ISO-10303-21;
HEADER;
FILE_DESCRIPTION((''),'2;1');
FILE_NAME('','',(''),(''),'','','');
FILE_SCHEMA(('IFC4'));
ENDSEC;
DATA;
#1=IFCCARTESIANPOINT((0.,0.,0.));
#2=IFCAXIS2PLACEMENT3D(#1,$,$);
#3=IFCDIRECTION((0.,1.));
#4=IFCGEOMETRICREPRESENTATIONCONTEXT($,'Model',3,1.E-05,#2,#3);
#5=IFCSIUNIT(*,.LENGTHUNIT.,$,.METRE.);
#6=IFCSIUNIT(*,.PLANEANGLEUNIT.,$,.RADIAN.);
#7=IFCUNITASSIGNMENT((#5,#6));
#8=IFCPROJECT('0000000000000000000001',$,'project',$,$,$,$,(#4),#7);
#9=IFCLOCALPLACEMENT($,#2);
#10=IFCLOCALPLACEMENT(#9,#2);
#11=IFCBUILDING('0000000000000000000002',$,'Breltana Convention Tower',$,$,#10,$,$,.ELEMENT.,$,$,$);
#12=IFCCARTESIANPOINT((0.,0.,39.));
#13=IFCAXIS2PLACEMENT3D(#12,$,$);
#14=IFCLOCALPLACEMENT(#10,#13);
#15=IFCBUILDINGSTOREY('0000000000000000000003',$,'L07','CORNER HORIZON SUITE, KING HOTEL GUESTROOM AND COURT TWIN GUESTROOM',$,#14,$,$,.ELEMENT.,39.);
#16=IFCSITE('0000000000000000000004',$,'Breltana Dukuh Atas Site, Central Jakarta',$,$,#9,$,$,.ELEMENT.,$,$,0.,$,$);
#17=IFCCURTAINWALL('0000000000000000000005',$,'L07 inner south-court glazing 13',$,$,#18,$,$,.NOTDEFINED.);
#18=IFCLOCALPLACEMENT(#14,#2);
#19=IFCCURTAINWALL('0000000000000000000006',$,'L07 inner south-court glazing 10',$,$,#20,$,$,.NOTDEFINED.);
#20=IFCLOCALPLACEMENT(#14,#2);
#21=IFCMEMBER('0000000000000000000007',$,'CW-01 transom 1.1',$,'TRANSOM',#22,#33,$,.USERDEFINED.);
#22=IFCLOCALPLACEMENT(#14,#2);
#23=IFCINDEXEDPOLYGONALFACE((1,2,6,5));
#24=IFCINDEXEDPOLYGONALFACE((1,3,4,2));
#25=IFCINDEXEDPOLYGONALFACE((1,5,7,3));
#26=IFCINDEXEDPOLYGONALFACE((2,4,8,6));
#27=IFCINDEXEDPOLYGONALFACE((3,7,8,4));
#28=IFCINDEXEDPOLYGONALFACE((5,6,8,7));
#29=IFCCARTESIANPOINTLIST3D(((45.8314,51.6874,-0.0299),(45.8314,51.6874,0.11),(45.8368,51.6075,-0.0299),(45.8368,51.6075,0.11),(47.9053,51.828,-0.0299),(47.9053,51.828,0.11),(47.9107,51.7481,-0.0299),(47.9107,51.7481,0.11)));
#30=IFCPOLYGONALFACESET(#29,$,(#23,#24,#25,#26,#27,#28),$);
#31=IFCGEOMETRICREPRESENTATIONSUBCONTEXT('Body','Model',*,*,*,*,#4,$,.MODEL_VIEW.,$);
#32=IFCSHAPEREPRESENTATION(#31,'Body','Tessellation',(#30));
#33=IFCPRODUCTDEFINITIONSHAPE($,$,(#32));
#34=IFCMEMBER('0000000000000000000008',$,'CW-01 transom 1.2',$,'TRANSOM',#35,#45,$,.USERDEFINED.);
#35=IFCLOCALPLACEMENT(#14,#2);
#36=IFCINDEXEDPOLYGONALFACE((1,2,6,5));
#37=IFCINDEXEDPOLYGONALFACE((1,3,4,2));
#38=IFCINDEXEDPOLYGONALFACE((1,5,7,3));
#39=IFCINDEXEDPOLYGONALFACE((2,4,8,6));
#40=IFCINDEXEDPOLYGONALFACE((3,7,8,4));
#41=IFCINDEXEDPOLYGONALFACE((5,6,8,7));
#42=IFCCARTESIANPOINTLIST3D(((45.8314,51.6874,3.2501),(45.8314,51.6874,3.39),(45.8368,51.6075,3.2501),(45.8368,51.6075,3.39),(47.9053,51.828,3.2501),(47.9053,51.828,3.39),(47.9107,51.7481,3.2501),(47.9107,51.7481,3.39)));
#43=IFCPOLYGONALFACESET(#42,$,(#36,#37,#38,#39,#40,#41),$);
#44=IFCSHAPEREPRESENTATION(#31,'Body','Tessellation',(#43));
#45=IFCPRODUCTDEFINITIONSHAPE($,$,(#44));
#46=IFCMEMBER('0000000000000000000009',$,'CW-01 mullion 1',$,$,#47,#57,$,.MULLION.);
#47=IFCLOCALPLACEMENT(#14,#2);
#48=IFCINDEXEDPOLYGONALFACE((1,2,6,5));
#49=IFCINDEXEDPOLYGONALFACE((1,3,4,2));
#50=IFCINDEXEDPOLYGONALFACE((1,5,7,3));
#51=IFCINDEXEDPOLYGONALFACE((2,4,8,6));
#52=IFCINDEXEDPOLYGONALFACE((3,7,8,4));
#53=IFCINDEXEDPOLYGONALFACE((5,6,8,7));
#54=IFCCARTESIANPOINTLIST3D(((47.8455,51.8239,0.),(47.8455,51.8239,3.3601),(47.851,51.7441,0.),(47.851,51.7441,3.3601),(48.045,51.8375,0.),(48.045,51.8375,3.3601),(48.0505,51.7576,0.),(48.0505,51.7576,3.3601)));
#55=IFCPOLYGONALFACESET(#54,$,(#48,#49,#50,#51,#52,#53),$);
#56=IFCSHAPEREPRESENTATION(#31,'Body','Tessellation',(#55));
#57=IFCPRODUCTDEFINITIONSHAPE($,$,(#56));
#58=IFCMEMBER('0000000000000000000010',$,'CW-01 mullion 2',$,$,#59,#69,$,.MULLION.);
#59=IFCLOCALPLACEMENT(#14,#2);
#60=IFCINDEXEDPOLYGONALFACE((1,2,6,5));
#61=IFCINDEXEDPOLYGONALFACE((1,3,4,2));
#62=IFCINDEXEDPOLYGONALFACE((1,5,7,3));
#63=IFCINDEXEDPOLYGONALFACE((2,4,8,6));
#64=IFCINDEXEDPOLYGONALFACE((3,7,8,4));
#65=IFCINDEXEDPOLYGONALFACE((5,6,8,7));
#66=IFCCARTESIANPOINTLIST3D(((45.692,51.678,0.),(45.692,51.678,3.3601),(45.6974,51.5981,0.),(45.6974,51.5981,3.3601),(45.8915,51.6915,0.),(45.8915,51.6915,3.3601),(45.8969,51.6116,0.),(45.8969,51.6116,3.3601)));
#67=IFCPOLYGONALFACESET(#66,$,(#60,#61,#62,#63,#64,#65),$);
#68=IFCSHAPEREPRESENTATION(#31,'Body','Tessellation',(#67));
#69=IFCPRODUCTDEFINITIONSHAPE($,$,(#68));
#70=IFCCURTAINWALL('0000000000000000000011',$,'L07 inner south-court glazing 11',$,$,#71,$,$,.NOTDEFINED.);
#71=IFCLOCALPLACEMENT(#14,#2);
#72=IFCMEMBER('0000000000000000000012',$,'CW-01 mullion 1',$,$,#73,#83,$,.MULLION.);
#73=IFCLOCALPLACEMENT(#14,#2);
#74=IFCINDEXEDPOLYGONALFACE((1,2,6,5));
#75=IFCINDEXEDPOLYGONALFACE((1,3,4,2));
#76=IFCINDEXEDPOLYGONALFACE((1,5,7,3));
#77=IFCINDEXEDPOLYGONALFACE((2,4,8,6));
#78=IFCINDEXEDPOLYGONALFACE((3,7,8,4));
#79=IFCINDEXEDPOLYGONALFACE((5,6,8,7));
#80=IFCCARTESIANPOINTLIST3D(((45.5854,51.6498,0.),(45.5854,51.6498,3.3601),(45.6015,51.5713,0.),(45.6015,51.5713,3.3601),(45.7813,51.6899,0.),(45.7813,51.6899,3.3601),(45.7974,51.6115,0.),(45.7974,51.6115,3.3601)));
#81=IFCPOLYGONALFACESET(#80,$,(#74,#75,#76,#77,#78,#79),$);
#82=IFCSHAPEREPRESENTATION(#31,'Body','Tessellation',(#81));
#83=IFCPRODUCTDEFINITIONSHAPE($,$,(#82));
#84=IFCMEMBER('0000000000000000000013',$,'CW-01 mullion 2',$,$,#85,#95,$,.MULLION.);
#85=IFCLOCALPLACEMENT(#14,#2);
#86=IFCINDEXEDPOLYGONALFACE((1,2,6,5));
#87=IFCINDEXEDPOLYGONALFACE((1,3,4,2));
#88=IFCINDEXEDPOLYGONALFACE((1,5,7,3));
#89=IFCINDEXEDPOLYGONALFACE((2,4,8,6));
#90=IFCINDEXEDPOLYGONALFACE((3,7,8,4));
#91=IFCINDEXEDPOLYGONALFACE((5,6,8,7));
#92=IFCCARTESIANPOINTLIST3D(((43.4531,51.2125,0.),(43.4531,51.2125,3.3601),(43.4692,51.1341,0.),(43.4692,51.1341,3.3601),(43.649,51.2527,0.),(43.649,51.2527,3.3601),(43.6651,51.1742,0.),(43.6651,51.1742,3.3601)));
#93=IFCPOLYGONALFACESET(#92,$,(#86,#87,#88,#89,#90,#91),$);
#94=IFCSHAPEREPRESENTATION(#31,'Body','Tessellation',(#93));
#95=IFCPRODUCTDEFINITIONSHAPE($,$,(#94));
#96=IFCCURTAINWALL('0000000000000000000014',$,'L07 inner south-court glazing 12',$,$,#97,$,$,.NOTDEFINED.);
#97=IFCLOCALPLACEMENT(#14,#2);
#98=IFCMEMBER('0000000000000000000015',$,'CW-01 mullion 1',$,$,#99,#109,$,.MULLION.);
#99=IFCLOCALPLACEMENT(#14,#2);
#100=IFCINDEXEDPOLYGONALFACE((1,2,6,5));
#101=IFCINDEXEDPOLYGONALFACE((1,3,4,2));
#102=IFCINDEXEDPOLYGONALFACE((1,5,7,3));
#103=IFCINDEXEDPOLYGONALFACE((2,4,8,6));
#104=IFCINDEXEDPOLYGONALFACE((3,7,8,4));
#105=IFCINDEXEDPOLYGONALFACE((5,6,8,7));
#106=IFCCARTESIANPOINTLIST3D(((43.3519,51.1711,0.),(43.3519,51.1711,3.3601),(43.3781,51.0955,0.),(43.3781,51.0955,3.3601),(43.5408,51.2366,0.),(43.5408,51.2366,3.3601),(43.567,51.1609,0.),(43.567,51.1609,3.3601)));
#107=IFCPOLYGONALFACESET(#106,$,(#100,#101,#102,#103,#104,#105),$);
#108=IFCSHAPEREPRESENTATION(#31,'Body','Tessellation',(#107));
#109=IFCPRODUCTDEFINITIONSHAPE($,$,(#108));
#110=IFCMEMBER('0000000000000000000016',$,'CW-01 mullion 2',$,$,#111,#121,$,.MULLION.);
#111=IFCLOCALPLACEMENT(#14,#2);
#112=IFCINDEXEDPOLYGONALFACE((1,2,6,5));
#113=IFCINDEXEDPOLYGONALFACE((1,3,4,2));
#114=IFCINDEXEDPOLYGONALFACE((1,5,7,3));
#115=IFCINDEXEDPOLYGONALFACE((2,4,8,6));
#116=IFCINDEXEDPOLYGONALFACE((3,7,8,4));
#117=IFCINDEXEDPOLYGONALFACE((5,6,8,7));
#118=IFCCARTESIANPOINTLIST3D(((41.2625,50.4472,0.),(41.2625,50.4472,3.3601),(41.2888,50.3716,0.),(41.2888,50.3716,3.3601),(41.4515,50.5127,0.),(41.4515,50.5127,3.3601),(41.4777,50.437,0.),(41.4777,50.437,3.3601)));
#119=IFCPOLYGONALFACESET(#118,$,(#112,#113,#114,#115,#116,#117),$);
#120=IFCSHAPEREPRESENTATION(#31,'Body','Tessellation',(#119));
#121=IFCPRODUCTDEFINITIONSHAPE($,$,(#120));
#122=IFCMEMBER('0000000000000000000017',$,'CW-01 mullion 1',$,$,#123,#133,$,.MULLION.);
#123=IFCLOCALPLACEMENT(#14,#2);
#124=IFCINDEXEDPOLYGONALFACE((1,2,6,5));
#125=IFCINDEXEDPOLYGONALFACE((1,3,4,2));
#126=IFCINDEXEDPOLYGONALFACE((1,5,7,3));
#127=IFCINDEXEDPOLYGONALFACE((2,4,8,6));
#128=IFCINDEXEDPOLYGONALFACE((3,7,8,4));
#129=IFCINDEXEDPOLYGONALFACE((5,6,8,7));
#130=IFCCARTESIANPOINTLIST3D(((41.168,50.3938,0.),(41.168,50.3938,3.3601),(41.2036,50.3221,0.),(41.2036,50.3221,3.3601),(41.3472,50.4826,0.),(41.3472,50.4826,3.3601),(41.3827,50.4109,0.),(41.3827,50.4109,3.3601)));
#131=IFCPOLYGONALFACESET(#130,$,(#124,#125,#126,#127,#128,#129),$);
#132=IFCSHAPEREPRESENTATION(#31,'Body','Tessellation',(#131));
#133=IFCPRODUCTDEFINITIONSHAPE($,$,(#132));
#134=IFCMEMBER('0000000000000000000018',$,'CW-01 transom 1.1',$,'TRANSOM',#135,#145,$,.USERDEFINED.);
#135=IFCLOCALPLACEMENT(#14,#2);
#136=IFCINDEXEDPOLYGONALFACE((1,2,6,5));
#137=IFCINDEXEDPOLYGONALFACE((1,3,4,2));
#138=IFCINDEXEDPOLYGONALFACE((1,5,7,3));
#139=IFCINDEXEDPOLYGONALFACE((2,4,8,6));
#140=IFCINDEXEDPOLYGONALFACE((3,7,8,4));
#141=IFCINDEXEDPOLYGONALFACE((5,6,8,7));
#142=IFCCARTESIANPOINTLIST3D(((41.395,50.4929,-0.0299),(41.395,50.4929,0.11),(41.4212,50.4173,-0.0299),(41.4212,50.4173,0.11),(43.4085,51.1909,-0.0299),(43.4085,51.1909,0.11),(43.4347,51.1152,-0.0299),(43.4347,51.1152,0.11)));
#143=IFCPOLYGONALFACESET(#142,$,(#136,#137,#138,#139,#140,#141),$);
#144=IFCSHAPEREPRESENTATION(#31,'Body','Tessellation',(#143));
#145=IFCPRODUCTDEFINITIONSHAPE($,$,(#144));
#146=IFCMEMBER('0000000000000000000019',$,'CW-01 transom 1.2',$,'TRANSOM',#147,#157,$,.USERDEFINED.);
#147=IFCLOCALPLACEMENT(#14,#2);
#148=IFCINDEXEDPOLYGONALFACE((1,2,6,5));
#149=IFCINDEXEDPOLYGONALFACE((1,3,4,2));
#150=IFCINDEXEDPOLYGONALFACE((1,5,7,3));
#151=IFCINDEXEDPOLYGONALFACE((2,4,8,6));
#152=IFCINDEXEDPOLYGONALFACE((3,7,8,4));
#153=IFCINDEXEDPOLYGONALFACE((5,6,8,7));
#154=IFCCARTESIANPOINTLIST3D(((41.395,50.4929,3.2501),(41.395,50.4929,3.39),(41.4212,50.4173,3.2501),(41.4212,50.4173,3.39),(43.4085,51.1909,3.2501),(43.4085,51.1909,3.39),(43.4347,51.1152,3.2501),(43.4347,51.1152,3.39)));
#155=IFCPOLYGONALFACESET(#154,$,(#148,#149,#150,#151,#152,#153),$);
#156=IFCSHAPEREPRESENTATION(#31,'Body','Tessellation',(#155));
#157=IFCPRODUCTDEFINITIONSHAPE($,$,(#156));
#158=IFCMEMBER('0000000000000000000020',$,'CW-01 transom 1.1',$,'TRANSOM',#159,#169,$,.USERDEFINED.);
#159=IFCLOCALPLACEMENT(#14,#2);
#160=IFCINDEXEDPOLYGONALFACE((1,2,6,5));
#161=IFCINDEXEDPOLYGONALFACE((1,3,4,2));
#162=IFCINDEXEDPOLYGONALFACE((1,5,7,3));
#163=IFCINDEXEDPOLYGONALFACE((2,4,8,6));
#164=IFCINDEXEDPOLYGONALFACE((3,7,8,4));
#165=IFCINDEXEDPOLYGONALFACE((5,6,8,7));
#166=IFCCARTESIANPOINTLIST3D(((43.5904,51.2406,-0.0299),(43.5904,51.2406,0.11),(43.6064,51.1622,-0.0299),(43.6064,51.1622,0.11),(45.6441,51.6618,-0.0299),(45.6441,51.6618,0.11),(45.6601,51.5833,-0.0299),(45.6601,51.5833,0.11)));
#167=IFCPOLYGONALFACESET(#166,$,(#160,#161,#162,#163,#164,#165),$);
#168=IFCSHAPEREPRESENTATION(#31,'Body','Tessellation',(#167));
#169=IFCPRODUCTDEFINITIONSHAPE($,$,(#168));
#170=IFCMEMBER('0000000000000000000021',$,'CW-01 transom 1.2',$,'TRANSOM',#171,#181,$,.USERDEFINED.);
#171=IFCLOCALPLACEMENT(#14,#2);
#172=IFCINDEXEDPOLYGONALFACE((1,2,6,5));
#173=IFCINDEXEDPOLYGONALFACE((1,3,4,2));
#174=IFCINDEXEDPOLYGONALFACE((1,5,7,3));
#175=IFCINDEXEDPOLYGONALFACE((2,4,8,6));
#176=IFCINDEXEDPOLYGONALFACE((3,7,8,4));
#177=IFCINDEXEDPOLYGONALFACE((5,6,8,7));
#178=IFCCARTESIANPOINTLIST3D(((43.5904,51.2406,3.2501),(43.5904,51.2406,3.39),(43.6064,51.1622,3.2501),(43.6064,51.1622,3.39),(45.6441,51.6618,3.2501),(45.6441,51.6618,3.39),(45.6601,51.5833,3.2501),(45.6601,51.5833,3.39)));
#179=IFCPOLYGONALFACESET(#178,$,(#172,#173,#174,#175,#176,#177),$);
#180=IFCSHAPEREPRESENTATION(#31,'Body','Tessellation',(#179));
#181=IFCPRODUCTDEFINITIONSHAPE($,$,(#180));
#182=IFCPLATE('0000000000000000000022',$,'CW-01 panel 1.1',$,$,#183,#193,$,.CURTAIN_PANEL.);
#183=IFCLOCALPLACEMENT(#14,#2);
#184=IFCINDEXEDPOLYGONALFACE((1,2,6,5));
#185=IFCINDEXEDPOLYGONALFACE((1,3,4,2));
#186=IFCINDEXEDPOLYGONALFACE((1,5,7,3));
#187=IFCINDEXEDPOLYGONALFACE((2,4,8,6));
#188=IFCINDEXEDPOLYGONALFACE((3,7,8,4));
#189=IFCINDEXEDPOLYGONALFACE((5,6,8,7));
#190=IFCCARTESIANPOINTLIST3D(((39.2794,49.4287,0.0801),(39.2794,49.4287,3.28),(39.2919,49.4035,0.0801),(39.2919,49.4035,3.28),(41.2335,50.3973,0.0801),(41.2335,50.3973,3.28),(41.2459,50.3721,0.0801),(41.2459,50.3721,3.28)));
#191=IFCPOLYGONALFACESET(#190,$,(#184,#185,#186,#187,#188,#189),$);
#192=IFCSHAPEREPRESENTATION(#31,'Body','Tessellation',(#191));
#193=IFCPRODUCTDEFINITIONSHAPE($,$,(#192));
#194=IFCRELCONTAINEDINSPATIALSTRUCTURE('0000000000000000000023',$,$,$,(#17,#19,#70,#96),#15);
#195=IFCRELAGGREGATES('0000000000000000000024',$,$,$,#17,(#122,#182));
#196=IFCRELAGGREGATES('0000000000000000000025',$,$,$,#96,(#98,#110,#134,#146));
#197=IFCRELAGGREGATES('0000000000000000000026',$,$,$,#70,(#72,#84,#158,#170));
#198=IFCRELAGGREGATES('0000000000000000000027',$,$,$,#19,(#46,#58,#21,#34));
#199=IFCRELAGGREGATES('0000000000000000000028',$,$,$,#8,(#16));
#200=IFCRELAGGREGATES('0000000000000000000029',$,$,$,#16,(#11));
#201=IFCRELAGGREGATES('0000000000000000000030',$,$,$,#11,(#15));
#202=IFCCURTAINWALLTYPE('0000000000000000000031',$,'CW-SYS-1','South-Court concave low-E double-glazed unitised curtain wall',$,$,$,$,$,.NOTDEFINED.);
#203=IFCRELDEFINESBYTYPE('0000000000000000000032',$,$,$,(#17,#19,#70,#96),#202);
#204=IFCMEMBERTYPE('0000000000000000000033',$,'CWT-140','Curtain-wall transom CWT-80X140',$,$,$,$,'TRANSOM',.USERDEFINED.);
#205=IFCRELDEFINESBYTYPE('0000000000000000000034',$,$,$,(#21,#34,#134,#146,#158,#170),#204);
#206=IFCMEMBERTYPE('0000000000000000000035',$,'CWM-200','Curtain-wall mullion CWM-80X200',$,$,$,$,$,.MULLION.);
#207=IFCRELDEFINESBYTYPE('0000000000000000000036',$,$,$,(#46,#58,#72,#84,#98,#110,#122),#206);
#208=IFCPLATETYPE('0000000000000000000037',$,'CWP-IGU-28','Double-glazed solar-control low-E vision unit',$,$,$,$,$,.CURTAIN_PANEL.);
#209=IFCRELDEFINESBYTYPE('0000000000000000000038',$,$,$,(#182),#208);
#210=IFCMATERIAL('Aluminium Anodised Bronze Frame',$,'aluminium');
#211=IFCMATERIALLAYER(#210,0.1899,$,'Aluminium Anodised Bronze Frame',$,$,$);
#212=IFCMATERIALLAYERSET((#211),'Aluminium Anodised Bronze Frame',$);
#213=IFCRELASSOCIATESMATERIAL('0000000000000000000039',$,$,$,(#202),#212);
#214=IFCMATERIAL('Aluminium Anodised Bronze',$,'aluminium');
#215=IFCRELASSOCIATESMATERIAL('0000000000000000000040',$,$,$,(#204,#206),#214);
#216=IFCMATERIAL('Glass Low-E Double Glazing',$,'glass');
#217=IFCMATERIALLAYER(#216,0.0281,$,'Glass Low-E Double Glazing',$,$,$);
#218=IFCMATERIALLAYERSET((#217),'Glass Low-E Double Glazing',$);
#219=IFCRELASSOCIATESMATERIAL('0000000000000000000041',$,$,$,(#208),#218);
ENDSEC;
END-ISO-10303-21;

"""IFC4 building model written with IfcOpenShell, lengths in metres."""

from ifc_helpers import new_model, si_unit, direction, frame, origin, origin_2d, place, context, subcontext, project, spatial, rectangle, extrude, source, transform, mapped, material, layer, layer_set, material_profile, profile_set, type_object, element, aggregate, save


model = new_model("IFC4")

# Units and contexts
model_context = context("Model", 3, precision=1e-05, world=origin(), true_north=direction((0.0, 1.0)))
body_context = subcontext(model_context, "Body", "Model", "MODEL_VIEW")
ifc_project = project(units=[si_unit("LENGTHUNIT", "METRE"), si_unit("PLANEANGLEUNIT", "RADIAN")], contexts=[model_context])

# Site, building, storey
site_placement = place(None, origin())
site = spatial("IfcSite", under=ifc_project, at=site_placement, Name="Breltana Dukuh Atas Site, Central Jakarta", CompositionType="ELEMENT", RefElevation=0.0)
building_placement = place(site_placement, origin())
building = spatial("IfcBuilding", under=site, at=building_placement, Name="Breltana Convention Tower", CompositionType="ELEMENT")
storey_placement = place(building_placement, frame((0.0, 0.0, 39.0)))
storey = spatial("IfcBuildingStorey", under=building, at=storey_placement, Name="L07", Description="CORNER HORIZON SUITE, KING HOTEL GUESTROOM AND COURT TWIN GUESTROOM", CompositionType="ELEMENT", Elevation=39.0)

# Curtain walls, members
ifc_material_1 = material(Name="Aluminium Anodised Bronze Frame", Category="aluminium")
ifc_layer_1 = layer(ifc_material_1, 0.1899, Name="Aluminium Anodised Bronze Frame")
ifc_layer_set_1 = layer_set([ifc_layer_1], Name="Aluminium Anodised Bronze Frame")
curtain_wall_type = type_object("IfcCurtainWallType", Name="CW-SYS-1", Description="South-Court concave low-E double-glazed unitised curtain wall", PredefinedType="NOTDEFINED", material=ifc_layer_set_1)
curtain_wall_1_placement = place(storey_placement, origin())
curtain_wall_1 = element("IfcCurtainWall", 1, at=curtain_wall_1_placement, inside=storey, type_object=curtain_wall_type, Name="L07 inner south-court glazing 13", PredefinedType="NOTDEFINED")
ifc_material_2 = material(Name="Aluminium Anodised Bronze", Category="aluminium")
ifc_material_profile_1 = material_profile(ifc_material_2, rectangle(XDim=0.0801, YDim=0.1399, at=origin_2d()), Name="CWT-80X140")
ifc_profile_set_1 = profile_set([ifc_material_profile_1], Name="Aluminium Anodised Bronze")
member_type_1 = type_object("IfcMemberType", Name="CWT-140", Description="Curtain-wall transom CWT-80X140", ElementType="TRANSOM", PredefinedType="USERDEFINED", material=ifc_profile_set_1)
curtain_wall_2_placement = place(storey_placement, origin())
curtain_wall_2 = element("IfcCurtainWall", 2, at=curtain_wall_2_placement, inside=storey, type_object=curtain_wall_type, Name="L07 inner south-court glazing 10", PredefinedType="NOTDEFINED")
shared_shape_1 = source(origin(), body_context, "Body", "SweptSolid", [
    extrude(rectangle(XDim=0.0801, YDim=0.1399, at=origin_2d()), origin(), (0.0, 0.0, 1.0), 2.0786),
])
member_1_placement = place(storey_placement, frame((47.908, 51.7881, 0.04), z_axis=(-0.997709, -0.067657, 0.0), x_axis=(0.067657, -0.997709, 0.0)))
member_1 = element("IfcMember", 3, at=member_1_placement, type_object=member_type_1, Name="CW-01 transom 1.1", ObjectType="TRANSOM", PredefinedType="USERDEFINED", context=body_context, shape_type="MappedRepresentation", body=[
    mapped(shared_shape_1, transform((0.0, 0.0, 0.0), scale=1.0)),
])
member_2_placement = place(storey_placement, frame((47.908, 51.7881, 3.3201), z_axis=(-0.997709, -0.067657, 0.0), x_axis=(0.067657, -0.997709, 0.0)))
member_2 = element("IfcMember", 4, at=member_2_placement, type_object=member_type_1, Name="CW-01 transom 1.2", ObjectType="TRANSOM", PredefinedType="USERDEFINED", context=body_context, shape_type="MappedRepresentation", body=[
    mapped(shared_shape_1, transform((0.0, 0.0, 0.0), scale=1.0)),
])
ifc_material_profile_2 = material_profile(ifc_material_2, rectangle(XDim=0.0801, YDim=0.2, at=origin_2d()), Name="CWM-80X200")
ifc_profile_set_2 = profile_set([ifc_material_profile_2], Name="Aluminium Anodised Bronze")
member_type_2 = type_object("IfcMemberType", Name="CWM-200", Description="Curtain-wall mullion CWM-80X200", PredefinedType="MULLION", material=ifc_profile_set_2)
shared_shape_2 = source(origin(), body_context, "Body", "SweptSolid", [
    extrude(rectangle(XDim=0.0801, YDim=0.2, at=origin_2d()), origin(), (0.0, 0.0, 1.0), 3.3601),
])
member_3_placement = place(storey_placement, frame((47.948, 51.7908, 0.0), z_axis=(0.0, 0.0, 1.0), x_axis=(0.067726, -0.997704, 0.0)))
member_3 = element("IfcMember", 5, at=member_3_placement, type_object=member_type_2, Name="CW-01 mullion 1", PredefinedType="MULLION", context=body_context, shape_type="MappedRepresentation", body=[
    mapped(shared_shape_2, transform((0.0, 0.0, 0.0), scale=1.0)),
])
member_4_placement = place(storey_placement, frame((45.7944, 51.6448, 0.0), z_axis=(0.0, 0.0, 1.0), x_axis=(0.067726, -0.997704, 0.0)))
member_4 = element("IfcMember", 6, at=member_4_placement, type_object=member_type_2, Name="CW-01 mullion 2", PredefinedType="MULLION", context=body_context, shape_type="MappedRepresentation", body=[
    mapped(shared_shape_2, transform((0.0, 0.0, 0.0), scale=1.0)),
])
curtain_wall_3_placement = place(storey_placement, origin())
curtain_wall_3 = element("IfcCurtainWall", 7, at=curtain_wall_3_placement, inside=storey, type_object=curtain_wall_type, Name="L07 inner south-court glazing 11", PredefinedType="NOTDEFINED")
member_5_placement = place(storey_placement, frame((45.6914, 51.6306, 0.0), z_axis=(0.0, 0.0, 1.0), x_axis=(0.200886, -0.979615, 0.0)))
member_5 = element("IfcMember", 8, at=member_5_placement, type_object=member_type_2, Name="CW-01 mullion 1", PredefinedType="MULLION", context=body_context, shape_type="MappedRepresentation", body=[
    mapped(shared_shape_2, transform((0.0, 0.0, 0.0), scale=1.0)),
])
member_6_placement = place(storey_placement, frame((43.5591, 51.1934, 0.0), z_axis=(0.0, 0.0, 1.0), x_axis=(0.200886, -0.979615, 0.0)))
member_6 = element("IfcMember", 9, at=member_6_placement, type_object=member_type_2, Name="CW-01 mullion 2", PredefinedType="MULLION", context=body_context, shape_type="MappedRepresentation", body=[
    mapped(shared_shape_2, transform((0.0, 0.0, 0.0), scale=1.0)),
])
curtain_wall_4_placement = place(storey_placement, origin())
curtain_wall_4 = element("IfcCurtainWall", 10, at=curtain_wall_4_placement, inside=storey, type_object=curtain_wall_type, Name="L07 inner south-court glazing 12", PredefinedType="NOTDEFINED")
member_7_placement = place(storey_placement, frame((43.4595, 51.166, 0.0), z_axis=(0.0, 0.0, 1.0), x_axis=(0.327413, -0.944881, 0.0)))
member_7 = element("IfcMember", 11, at=member_7_placement, type_object=member_type_2, Name="CW-01 mullion 1", PredefinedType="MULLION", context=body_context, shape_type="MappedRepresentation", body=[
    mapped(shared_shape_2, transform((0.0, 0.0, 0.0), scale=1.0)),
])
member_8_placement = place(storey_placement, frame((41.3701, 50.4421, 0.0), z_axis=(0.0, 0.0, 1.0), x_axis=(0.327413, -0.944881, 0.0)))
member_8 = element("IfcMember", 12, at=member_8_placement, type_object=member_type_2, Name="CW-01 mullion 2", PredefinedType="MULLION", context=body_context, shape_type="MappedRepresentation", body=[
    mapped(shared_shape_2, transform((0.0, 0.0, 0.0), scale=1.0)),
])

# Members
member_9_placement = place(storey_placement, frame((41.2754, 50.4023, 0.0), z_axis=(0.0, 0.0, 1.0), x_axis=(0.444118, -0.895968, 0.0)))
member_9 = element("IfcMember", 13, at=member_9_placement, type_object=member_type_2, Name="CW-01 mullion 1", PredefinedType="MULLION", context=body_context, shape_type="MappedRepresentation", body=[
    mapped(shared_shape_2, transform((0.0, 0.0, 0.0), scale=1.0)),
])
shared_shape_3 = source(origin(), body_context, "Body", "SweptSolid", [
    extrude(rectangle(XDim=0.0801, YDim=0.1399, at=origin_2d()), origin(), (0.0, 0.0, 1.0), 2.1311),
])
member_10_placement = place(storey_placement, frame((43.4216, 51.1531, 0.04), z_axis=(-0.944847, -0.327512, 0.0), x_axis=(0.327512, -0.944847, 0.0)))
member_10 = element("IfcMember", 14, at=member_10_placement, type_object=member_type_1, Name="CW-01 transom 1.1", ObjectType="TRANSOM", PredefinedType="USERDEFINED", context=body_context, shape_type="MappedRepresentation", body=[
    mapped(shared_shape_3, transform((0.0, 0.0, 0.0), scale=1.0)),
])
member_11_placement = place(storey_placement, frame((43.4216, 51.1531, 3.3201), z_axis=(-0.944847, -0.327512, 0.0), x_axis=(0.327512, -0.944847, 0.0)))
member_11 = element("IfcMember", 15, at=member_11_placement, type_object=member_type_1, Name="CW-01 transom 1.2", ObjectType="TRANSOM", PredefinedType="USERDEFINED", context=body_context, shape_type="MappedRepresentation", body=[
    mapped(shared_shape_3, transform((0.0, 0.0, 0.0), scale=1.0)),
])
shared_shape_4 = source(origin(), body_context, "Body", "SweptSolid", [
    extrude(rectangle(XDim=0.0801, YDim=0.1399, at=origin_2d()), origin(), (0.0, 0.0, 1.0), 2.0964),
])
member_12_placement = place(storey_placement, frame((45.6521, 51.6226, 0.04), z_axis=(-0.979615, -0.200884, 0.0), x_axis=(0.200884, -0.979615, 0.0)))
member_12 = element("IfcMember", 16, at=member_12_placement, type_object=member_type_1, Name="CW-01 transom 1.1", ObjectType="TRANSOM", PredefinedType="USERDEFINED", context=body_context, shape_type="MappedRepresentation", body=[
    mapped(shared_shape_4, transform((0.0, 0.0, 0.0), scale=1.0)),
])
member_13_placement = place(storey_placement, frame((45.6521, 51.6226, 3.3201), z_axis=(-0.979615, -0.200884, 0.0), x_axis=(0.200884, -0.979615, 0.0)))
member_13 = element("IfcMember", 17, at=member_13_placement, type_object=member_type_1, Name="CW-01 transom 1.2", ObjectType="TRANSOM", PredefinedType="USERDEFINED", context=body_context, shape_type="MappedRepresentation", body=[
    mapped(shared_shape_4, transform((0.0, 0.0, 0.0), scale=1.0)),
])

# Plate
ifc_material_3 = material(Name="Glass Low-E Double Glazing", Category="glass")
ifc_layer_2 = layer(ifc_material_3, 0.0281, Name="Glass Low-E Double Glazing")
ifc_layer_set_2 = layer_set([ifc_layer_2], Name="Glass Low-E Double Glazing")
plate_type = type_object("IfcPlateType", Name="CWP-IGU-28", Description="Double-glazed solar-control low-E vision unit", PredefinedType="CURTAIN_PANEL", material=ifc_layer_set_2)
shared_shape_5 = source(origin(), body_context, "Body", "SweptSolid", [
    extrude(rectangle(XDim=2.1809, YDim=0.0281, at=origin_2d()), origin(), (0.0, 0.0, 1.0), 3.2),
])
plate_1_placement = place(storey_placement, frame((40.2627, 49.9004, 0.0801), z_axis=(0.0, 0.0, 1.0), x_axis=(-0.895968, -0.444118, 0.0)))
plate_1 = element("IfcPlate", 18, at=plate_1_placement, type_object=plate_type, Name="CW-01 panel 1.1", PredefinedType="CURTAIN_PANEL", context=body_context, shape_type="MappedRepresentation", body=[
    mapped(shared_shape_5, transform((0.0, 0.0, 0.0), scale=1.0)),
])
aggregate(curtain_wall_1, [member_9, plate_1])
aggregate(curtain_wall_4, [member_7, member_8, member_10, member_11])
aggregate(curtain_wall_3, [member_5, member_6, member_12, member_13])
aggregate(curtain_wall_2, [member_3, member_4, member_1, member_2])

save(model, "model.ifc")
